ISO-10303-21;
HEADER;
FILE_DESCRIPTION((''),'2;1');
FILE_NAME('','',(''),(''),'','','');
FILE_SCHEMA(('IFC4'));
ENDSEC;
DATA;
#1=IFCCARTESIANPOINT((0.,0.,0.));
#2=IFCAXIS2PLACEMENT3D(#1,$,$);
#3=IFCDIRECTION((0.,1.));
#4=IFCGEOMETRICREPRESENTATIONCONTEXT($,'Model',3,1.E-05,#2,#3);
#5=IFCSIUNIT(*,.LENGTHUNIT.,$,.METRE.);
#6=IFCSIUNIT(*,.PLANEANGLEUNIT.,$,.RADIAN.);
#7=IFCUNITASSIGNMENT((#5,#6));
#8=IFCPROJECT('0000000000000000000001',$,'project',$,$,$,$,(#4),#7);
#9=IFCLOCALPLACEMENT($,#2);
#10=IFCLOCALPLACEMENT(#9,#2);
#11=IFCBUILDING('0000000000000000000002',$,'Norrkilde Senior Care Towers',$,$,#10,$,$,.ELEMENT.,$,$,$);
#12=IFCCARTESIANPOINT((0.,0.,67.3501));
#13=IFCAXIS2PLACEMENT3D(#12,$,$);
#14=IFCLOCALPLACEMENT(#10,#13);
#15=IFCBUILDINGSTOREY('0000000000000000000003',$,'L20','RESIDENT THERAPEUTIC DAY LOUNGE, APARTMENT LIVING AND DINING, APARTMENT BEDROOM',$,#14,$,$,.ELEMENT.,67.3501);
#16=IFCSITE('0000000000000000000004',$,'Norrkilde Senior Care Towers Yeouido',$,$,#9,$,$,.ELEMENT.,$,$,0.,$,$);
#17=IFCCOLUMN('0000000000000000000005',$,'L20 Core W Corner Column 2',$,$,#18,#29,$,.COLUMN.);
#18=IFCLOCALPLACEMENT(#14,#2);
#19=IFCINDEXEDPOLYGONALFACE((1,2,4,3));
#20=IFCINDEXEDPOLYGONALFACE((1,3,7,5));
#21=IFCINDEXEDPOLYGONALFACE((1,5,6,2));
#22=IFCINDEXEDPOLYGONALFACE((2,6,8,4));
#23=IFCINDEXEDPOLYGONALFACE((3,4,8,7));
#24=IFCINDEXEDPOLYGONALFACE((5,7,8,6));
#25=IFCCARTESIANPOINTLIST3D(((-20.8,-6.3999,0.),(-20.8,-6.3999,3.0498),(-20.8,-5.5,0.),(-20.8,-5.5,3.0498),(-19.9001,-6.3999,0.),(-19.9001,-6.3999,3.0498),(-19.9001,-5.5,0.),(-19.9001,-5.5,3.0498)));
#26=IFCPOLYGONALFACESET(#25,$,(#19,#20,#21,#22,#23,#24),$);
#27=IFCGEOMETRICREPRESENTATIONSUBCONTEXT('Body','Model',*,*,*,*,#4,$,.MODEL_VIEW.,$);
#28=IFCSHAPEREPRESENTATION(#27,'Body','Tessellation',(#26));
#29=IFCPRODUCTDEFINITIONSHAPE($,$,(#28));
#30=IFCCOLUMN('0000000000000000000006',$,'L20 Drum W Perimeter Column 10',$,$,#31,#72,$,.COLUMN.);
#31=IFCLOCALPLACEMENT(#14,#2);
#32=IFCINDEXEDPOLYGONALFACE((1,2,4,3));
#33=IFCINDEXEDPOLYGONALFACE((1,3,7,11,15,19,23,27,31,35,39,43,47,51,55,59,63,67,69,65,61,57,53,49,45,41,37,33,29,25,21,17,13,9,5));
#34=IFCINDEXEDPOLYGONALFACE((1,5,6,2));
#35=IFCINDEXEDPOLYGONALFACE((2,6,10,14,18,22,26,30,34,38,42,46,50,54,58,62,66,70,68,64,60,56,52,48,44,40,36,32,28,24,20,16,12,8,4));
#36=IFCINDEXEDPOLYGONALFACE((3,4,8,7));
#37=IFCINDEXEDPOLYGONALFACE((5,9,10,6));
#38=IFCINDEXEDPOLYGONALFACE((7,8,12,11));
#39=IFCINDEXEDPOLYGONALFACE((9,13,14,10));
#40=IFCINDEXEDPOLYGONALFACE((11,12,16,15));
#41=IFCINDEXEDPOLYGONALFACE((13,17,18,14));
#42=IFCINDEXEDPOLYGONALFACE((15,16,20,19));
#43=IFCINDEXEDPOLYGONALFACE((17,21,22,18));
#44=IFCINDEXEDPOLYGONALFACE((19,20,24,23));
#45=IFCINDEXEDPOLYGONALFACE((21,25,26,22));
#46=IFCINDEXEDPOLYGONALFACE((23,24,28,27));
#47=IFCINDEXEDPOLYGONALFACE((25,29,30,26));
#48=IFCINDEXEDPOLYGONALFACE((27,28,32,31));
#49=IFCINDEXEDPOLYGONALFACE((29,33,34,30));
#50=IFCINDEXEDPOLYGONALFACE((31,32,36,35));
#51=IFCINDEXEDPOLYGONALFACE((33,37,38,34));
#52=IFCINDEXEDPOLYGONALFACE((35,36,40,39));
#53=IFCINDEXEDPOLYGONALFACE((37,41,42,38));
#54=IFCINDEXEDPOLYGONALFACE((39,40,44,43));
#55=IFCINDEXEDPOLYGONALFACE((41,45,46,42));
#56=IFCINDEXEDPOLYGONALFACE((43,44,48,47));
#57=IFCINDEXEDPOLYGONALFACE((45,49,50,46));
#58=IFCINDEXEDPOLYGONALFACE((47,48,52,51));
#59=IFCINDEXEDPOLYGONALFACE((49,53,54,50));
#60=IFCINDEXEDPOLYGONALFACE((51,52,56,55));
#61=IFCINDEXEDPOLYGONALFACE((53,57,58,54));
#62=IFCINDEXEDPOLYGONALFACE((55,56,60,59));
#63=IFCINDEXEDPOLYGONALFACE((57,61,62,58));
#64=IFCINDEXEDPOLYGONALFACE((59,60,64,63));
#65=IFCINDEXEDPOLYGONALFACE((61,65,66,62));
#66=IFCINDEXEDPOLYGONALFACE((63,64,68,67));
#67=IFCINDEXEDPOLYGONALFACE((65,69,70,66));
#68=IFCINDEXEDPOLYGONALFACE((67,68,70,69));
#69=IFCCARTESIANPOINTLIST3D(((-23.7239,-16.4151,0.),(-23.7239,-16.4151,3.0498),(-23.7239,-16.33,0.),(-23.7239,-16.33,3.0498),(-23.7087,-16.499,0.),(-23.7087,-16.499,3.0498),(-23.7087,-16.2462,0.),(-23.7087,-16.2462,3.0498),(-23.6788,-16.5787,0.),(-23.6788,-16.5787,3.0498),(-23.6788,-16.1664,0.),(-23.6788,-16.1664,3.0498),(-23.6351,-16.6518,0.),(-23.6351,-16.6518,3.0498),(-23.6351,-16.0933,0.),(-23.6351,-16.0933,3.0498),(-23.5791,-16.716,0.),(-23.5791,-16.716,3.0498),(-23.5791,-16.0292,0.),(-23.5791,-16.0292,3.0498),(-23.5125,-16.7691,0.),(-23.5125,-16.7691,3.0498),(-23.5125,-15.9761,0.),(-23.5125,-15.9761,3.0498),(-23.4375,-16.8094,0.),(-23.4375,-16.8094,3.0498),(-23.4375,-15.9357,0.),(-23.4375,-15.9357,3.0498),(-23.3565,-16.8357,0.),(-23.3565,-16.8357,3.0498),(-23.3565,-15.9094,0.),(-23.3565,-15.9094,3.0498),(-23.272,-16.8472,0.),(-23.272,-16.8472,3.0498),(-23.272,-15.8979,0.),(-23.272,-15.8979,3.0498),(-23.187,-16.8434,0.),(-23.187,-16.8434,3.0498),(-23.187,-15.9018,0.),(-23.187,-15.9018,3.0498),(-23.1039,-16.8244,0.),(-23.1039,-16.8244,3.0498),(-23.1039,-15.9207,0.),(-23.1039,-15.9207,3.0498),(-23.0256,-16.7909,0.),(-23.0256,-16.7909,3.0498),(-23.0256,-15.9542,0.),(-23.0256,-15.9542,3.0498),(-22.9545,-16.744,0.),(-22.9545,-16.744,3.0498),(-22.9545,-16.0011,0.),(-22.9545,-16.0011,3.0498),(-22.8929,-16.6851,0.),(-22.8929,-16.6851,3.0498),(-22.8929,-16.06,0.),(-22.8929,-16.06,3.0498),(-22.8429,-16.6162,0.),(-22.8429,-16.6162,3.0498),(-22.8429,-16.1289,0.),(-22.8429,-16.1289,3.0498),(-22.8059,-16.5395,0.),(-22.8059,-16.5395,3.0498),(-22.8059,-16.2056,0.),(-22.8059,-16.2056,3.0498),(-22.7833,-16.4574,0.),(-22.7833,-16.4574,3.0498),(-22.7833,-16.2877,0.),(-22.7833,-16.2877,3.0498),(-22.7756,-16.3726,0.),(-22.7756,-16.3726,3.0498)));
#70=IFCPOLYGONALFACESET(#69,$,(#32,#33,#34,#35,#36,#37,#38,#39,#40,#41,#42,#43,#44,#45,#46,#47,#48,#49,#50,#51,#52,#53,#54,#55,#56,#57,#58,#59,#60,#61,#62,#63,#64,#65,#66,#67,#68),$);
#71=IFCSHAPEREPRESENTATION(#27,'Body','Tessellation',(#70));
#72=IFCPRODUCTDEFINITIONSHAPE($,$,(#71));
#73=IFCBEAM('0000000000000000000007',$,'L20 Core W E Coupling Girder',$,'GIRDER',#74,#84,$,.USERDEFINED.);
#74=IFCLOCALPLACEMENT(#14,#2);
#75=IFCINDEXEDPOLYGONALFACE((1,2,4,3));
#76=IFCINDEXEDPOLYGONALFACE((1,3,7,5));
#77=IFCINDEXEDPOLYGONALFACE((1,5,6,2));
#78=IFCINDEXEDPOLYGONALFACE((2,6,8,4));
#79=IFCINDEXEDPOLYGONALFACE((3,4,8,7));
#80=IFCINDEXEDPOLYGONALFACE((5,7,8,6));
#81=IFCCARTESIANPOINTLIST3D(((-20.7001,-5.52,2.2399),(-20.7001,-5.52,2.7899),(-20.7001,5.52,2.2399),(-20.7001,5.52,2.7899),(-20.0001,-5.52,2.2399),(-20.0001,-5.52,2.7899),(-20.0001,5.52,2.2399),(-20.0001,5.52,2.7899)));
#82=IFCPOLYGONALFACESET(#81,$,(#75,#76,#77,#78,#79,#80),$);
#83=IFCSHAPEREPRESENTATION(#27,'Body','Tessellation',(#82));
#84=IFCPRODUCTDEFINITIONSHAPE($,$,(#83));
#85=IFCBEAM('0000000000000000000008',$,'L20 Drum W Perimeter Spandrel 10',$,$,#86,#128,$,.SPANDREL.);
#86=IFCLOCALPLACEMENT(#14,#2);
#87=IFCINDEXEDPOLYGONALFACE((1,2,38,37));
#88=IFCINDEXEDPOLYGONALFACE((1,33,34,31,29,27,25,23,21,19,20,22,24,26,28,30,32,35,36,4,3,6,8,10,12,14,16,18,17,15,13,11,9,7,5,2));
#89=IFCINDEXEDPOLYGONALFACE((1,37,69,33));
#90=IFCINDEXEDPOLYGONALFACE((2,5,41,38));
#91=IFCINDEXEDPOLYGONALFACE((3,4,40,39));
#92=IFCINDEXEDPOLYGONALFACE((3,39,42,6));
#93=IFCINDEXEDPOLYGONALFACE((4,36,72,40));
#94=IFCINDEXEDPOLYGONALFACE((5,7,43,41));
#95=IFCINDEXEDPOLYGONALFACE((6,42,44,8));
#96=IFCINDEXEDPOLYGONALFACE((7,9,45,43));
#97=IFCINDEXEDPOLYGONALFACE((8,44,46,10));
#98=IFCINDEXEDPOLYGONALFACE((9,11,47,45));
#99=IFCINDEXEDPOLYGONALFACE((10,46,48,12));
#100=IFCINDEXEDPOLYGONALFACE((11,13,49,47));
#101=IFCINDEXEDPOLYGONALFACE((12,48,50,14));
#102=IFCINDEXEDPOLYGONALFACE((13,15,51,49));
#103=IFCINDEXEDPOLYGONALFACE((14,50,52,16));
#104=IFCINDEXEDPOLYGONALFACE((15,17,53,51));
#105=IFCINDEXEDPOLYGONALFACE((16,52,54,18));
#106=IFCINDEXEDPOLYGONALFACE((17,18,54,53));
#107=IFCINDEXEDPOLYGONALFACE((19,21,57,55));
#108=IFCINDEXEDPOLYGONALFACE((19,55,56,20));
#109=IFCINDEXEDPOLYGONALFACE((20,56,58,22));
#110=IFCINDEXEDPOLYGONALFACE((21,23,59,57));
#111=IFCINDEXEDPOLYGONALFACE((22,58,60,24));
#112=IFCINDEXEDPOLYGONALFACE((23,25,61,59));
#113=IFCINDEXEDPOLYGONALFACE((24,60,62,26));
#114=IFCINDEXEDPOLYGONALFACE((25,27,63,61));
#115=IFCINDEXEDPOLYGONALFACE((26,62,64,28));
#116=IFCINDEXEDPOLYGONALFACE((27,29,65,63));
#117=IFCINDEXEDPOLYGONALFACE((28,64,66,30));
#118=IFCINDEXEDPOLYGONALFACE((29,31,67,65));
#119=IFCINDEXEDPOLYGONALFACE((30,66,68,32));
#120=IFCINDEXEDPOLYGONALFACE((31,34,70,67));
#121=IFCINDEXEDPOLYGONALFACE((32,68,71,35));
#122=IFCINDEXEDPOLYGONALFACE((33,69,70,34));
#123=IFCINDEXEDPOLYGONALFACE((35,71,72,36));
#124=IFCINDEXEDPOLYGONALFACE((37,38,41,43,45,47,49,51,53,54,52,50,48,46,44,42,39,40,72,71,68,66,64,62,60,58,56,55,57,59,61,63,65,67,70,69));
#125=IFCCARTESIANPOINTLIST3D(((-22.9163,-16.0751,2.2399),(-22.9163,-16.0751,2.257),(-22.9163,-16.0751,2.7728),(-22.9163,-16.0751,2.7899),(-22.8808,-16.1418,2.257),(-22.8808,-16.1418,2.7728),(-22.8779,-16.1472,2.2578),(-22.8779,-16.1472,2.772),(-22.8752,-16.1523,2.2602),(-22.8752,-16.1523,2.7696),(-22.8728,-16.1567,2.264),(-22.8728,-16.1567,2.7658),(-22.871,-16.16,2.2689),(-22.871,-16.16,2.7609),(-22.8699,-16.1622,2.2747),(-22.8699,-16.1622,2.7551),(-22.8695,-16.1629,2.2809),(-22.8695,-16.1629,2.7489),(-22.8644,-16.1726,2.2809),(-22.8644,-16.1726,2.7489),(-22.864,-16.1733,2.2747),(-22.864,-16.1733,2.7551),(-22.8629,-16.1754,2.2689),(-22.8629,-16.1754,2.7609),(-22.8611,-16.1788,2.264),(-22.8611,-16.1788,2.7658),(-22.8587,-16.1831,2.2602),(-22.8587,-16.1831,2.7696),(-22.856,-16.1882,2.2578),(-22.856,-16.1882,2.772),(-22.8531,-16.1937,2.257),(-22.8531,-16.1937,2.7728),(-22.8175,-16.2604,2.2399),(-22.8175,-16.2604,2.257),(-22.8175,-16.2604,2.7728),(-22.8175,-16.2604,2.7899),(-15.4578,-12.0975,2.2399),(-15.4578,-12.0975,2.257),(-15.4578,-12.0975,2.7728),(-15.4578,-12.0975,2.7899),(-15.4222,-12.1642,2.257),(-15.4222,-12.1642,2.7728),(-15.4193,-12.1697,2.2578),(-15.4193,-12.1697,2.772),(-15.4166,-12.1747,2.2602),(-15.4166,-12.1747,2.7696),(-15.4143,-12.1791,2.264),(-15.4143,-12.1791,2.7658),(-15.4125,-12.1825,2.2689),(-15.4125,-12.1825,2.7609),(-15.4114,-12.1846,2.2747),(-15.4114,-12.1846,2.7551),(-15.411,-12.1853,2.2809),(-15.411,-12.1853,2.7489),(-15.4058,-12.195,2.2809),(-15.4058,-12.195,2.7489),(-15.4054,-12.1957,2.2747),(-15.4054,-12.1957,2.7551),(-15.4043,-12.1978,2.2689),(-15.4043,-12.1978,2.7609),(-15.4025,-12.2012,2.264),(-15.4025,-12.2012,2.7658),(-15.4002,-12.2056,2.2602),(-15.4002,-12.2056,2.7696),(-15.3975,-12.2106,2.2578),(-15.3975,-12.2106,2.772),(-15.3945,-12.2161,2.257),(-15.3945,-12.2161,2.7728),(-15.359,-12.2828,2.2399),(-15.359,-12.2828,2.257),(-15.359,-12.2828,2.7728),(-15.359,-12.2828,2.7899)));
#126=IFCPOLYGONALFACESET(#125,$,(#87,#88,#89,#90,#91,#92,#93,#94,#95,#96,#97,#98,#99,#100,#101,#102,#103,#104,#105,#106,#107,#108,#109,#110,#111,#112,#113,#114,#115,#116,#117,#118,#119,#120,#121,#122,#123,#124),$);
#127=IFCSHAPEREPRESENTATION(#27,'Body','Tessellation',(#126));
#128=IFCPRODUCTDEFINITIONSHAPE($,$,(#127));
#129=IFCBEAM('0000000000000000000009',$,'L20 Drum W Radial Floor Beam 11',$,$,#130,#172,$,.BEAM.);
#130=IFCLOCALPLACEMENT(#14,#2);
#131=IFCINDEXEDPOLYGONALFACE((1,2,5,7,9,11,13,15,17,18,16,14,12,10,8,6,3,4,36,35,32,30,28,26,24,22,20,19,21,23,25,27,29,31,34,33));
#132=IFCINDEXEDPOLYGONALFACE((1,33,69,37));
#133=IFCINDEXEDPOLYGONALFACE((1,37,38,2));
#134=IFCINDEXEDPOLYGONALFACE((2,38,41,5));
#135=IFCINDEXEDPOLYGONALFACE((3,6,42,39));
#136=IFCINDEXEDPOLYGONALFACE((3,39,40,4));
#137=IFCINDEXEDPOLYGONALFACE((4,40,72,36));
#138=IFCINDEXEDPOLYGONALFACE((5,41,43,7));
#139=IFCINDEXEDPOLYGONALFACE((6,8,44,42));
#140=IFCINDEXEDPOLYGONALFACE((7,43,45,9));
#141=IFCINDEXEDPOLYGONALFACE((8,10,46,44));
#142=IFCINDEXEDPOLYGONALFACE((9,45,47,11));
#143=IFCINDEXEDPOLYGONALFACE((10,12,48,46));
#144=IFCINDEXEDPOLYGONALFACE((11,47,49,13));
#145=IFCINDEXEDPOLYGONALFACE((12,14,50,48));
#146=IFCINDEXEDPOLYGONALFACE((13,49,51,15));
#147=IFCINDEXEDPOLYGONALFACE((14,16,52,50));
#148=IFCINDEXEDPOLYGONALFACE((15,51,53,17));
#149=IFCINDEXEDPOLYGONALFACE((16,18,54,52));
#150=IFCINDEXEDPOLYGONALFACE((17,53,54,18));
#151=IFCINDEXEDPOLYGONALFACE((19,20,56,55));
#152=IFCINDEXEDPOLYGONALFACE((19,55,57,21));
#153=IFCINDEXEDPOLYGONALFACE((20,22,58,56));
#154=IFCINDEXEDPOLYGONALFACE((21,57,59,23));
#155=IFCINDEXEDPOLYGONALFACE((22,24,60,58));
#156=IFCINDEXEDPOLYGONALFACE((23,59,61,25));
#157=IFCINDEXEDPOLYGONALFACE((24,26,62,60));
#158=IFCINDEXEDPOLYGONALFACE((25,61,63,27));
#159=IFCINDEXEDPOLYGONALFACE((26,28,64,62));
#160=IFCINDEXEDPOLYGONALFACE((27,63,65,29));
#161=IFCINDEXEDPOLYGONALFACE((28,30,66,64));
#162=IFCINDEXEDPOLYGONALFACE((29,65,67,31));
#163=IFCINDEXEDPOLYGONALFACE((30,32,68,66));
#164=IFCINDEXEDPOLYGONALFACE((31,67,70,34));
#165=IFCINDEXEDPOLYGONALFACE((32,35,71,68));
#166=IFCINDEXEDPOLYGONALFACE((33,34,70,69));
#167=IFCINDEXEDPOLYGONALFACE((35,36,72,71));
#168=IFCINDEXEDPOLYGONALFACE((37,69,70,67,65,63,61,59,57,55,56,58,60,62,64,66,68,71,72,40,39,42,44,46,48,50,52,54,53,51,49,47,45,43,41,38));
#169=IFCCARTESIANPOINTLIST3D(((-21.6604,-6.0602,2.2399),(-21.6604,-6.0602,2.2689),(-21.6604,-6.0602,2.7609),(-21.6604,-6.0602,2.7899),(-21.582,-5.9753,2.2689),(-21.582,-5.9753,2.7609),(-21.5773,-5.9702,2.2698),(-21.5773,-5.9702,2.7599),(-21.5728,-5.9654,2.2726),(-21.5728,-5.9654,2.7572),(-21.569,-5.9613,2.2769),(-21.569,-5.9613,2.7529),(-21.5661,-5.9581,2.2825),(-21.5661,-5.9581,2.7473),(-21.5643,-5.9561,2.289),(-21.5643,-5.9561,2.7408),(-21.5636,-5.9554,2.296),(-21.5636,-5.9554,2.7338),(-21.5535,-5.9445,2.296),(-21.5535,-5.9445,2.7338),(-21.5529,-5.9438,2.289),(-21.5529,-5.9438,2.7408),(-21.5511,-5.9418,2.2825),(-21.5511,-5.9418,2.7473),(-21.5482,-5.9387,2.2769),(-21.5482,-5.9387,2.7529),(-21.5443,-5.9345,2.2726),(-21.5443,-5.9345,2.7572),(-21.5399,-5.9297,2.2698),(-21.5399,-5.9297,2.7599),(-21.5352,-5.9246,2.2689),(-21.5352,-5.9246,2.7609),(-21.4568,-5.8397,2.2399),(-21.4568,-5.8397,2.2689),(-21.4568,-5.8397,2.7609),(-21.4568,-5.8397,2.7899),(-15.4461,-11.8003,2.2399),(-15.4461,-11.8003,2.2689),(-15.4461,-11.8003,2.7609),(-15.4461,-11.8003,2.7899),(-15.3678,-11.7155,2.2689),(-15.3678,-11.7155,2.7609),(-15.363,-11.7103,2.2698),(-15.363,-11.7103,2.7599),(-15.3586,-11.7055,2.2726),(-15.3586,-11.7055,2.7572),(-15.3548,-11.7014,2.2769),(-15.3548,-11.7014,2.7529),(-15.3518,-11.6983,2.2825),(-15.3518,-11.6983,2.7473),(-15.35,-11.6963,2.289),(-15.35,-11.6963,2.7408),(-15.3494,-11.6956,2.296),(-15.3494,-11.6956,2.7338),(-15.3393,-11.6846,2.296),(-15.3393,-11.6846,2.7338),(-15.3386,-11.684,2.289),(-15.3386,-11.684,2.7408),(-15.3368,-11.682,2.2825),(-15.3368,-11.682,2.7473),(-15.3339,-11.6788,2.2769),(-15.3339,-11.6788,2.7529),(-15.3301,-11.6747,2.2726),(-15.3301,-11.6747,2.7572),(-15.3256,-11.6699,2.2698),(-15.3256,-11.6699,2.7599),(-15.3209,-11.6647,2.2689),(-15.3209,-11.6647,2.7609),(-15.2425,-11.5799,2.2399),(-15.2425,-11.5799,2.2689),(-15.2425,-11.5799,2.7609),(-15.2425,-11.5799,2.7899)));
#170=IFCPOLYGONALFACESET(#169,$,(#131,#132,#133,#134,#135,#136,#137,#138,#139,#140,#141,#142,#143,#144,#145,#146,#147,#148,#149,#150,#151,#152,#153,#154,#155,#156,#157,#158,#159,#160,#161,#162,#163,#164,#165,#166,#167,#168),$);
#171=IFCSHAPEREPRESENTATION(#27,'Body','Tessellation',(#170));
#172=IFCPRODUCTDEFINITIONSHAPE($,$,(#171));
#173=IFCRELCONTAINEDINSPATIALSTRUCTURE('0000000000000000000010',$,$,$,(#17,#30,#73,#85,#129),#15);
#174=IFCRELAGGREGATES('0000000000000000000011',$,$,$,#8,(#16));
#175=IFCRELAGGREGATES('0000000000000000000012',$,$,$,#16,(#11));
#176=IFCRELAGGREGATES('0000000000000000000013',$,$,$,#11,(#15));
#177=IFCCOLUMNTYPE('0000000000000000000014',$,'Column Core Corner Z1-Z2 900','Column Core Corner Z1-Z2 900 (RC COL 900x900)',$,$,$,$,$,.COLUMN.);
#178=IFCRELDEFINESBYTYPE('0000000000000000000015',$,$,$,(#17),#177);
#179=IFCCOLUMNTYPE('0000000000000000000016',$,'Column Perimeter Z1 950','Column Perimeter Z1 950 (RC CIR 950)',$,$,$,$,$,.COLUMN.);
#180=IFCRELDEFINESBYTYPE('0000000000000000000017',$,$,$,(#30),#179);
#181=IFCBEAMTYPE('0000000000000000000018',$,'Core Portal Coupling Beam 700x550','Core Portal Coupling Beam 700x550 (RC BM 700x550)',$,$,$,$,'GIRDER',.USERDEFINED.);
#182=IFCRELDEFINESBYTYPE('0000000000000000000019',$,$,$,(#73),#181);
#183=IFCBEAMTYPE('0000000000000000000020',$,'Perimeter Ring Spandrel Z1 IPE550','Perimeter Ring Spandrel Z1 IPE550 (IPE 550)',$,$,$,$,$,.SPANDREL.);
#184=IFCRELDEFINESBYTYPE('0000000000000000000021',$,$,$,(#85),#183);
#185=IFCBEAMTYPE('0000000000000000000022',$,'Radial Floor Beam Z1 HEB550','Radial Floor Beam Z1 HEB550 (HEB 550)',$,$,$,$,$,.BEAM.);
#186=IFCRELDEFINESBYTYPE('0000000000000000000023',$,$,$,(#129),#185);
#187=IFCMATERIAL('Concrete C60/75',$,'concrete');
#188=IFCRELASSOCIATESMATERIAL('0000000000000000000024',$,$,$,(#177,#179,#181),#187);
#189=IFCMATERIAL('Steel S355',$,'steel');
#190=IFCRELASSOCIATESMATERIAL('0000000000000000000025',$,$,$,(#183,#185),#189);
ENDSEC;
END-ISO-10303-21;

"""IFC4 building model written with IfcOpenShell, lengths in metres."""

from ifc_helpers import new_model, si_unit, direction, frame, origin, origin_2d, place, context, subcontext, project, spatial, rectangle, circle, i_section, extrude, source, transform, mapped, material, material_profile, profile_set, type_object, type_shapes, element, save


model = new_model("IFC4")

# Units and contexts
model_context = context("Model", 3, precision=1e-05, world=origin(), true_north=direction((0.0, 1.0)))
body_context = subcontext(model_context, "Body", "Model", "MODEL_VIEW")
ifc_project = project(units=[si_unit("LENGTHUNIT", "METRE"), si_unit("PLANEANGLEUNIT", "RADIAN")], contexts=[model_context])

# Site, building, storey
site_placement = place(None, origin())
site = spatial("IfcSite", under=ifc_project, at=site_placement, Name="Norrkilde Senior Care Towers Yeouido", CompositionType="ELEMENT", RefElevation=0.0)
building_placement = place(site_placement, origin())
building = spatial("IfcBuilding", under=site, at=building_placement, Name="Norrkilde Senior Care Towers", CompositionType="ELEMENT")
storey_placement = place(building_placement, frame((0.0, 0.0, 67.3501)))
storey = spatial("IfcBuildingStorey", under=building, at=storey_placement, Name="L20", Description="RESIDENT THERAPEUTIC DAY LOUNGE, APARTMENT LIVING AND DINING, APARTMENT BEDROOM", CompositionType="ELEMENT", Elevation=67.3501)

# Columns
ifc_material_1 = material(Name="Concrete C60/75", Category="concrete")
ifc_material_profile_1 = material_profile(ifc_material_1, rectangle(XDim=0.8999, YDim=0.8999, at=origin_2d()), Name="RC COL 900x900")
ifc_profile_set_1 = profile_set([ifc_material_profile_1], Name="Concrete C60/75")
column_type_1 = type_object("IfcColumnType", Name="Column Core Corner Z1-Z2 900", Description="Column Core Corner Z1-Z2 900 (RC COL 900x900)", PredefinedType="COLUMN", material=ifc_profile_set_1)
shared_shape_1 = source(origin(), body_context, "Body", "SweptSolid", [
    extrude(rectangle(XDim=0.8999, YDim=0.8999, at=origin_2d()), origin(), (0.0, 0.0, 1.0), 3.0498),
])
type_shapes(column_type_1, [shared_shape_1])
column_1_placement = place(storey_placement, frame((-20.3501, -5.95, 0.0), z_axis=(0.0, 0.0, 1.0), x_axis=(1.0, 0.0, 0.0)))
element("IfcColumn", 1, at=column_1_placement, inside=storey, type_object=column_type_1, Name="L20 Core W Corner Column 2", PredefinedType="COLUMN", context=body_context, shape_type="MappedRepresentation", body=[
    mapped(shared_shape_1, transform((0.0, 0.0, 0.0), x_axis=(1.0, 0.0, 0.0), y_axis=(0.0, 1.0, 0.0), z_axis=(0.0, 0.0, 1.0), scale=1.0)),
])
ifc_material_profile_2 = material_profile(ifc_material_1, circle(Radius=0.4751, at=origin_2d()), Name="RC CIR 950")
ifc_profile_set_2 = profile_set([ifc_material_profile_2], Name="Concrete C60/75")
column_type_2 = type_object("IfcColumnType", Name="Column Perimeter Z1 950", Description="Column Perimeter Z1 950 (RC CIR 950)", PredefinedType="COLUMN", material=ifc_profile_set_2)
shared_shape_2 = source(origin(), body_context, "Body", "SweptSolid", [
    extrude(circle(Radius=0.4751, at=origin_2d()), origin(), (0.0, 0.0, 1.0), 3.0498),
])
type_shapes(column_type_2, [shared_shape_2])
column_2_placement = place(storey_placement, frame((-23.2507, -16.3726, 0.0), z_axis=(0.0, 0.0, 1.0), x_axis=(1.0, 0.0, 0.0)))
element("IfcColumn", 2, at=column_2_placement, inside=storey, type_object=column_type_2, Name="L20 Drum W Perimeter Column 10", PredefinedType="COLUMN", context=body_context, shape_type="MappedRepresentation", body=[
    mapped(shared_shape_2, transform((0.0, 0.0, 0.0), x_axis=(1.0, 0.0, 0.0), y_axis=(0.0, 1.0, 0.0), z_axis=(0.0, 0.0, 1.0), scale=1.0)),
])

# Beams
ifc_material_profile_3 = material_profile(ifc_material_1, rectangle(XDim=0.7, YDim=0.55, at=origin_2d()), Name="RC BM 700x550")
ifc_profile_set_3 = profile_set([ifc_material_profile_3], Name="Concrete C60/75")
beam_type_1 = type_object("IfcBeamType", Name="Core Portal Coupling Beam 700x550", Description="Core Portal Coupling Beam 700x550 (RC BM 700x550)", ElementType="GIRDER", PredefinedType="USERDEFINED", material=ifc_profile_set_3)
shared_shape_3 = source(origin(), body_context, "Body", "SweptSolid", [
    extrude(rectangle(XDim=0.7, YDim=0.55, at=origin_2d()), origin(), (0.0, 0.0, 1.0), 11.04),
])
type_shapes(beam_type_1, [shared_shape_3])
beam_1_placement = place(storey_placement, frame((-20.3501, -5.52, 2.5149), z_axis=(0.0, 1.0, 0.0), x_axis=(-1.0, 0.0, 0.0)))
element("IfcBeam", 3, at=beam_1_placement, inside=storey, type_object=beam_type_1, Name="L20 Core W E Coupling Girder", ObjectType="GIRDER", PredefinedType="USERDEFINED", context=body_context, shape_type="MappedRepresentation", body=[
    mapped(shared_shape_3, transform((0.0, 0.0, 0.0), x_axis=(1.0, 0.0, 0.0), y_axis=(0.0, 1.0, 0.0), z_axis=(0.0, 0.0, 1.0), scale=1.0)),
])
ifc_material_2 = material(Name="Steel S355", Category="steel")
ifc_material_profile_4 = material_profile(ifc_material_2, i_section(OverallWidth=0.21, OverallDepth=0.55, WebThickness=0.011, FlangeThickness=0.0171, FilletRadius=0.0239, at=origin_2d()), Name="IPE 550")
ifc_profile_set_4 = profile_set([ifc_material_profile_4], Name="Steel S355")
beam_type_2 = type_object("IfcBeamType", Name="Perimeter Ring Spandrel Z1 IPE550", Description="Perimeter Ring Spandrel Z1 IPE550 (IPE 550)", PredefinedType="SPANDREL", material=ifc_profile_set_4)
shared_shape_4 = source(origin(), body_context, "Body", "SweptSolid", [
    extrude(i_section(OverallWidth=0.21, OverallDepth=0.55, WebThickness=0.011, FlangeThickness=0.0171, FilletRadius=0.0239, at=origin_2d()), origin(), (0.0, 0.0, 1.0), 8.4529),
])
type_shapes(beam_type_2, [shared_shape_4])
beam_2_placement = place(storey_placement, frame((-22.8669, -16.1677, 2.5149), z_axis=(0.882369, 0.470558, 0.0), x_axis=(-0.470558, 0.882369, 0.0)))
element("IfcBeam", 4, at=beam_2_placement, inside=storey, type_object=beam_type_2, Name="L20 Drum W Perimeter Spandrel 10", PredefinedType="SPANDREL", context=body_context, shape_type="MappedRepresentation", body=[
    mapped(shared_shape_4, transform((0.0, 0.0, 0.0), x_axis=(1.0, 0.0, 0.0), y_axis=(0.0, 1.0, 0.0), z_axis=(0.0, 0.0, 1.0), scale=1.0)),
])
ifc_material_profile_5 = material_profile(ifc_material_2, i_section(OverallWidth=0.3, OverallDepth=0.55, WebThickness=0.0149, FlangeThickness=0.0291, FilletRadius=0.0271, at=origin_2d()), Name="HEB 550")
ifc_profile_set_5 = profile_set([ifc_material_profile_5], Name="Steel S355")
beam_type_3 = type_object("IfcBeamType", Name="Radial Floor Beam Z1 HEB550", Description="Radial Floor Beam Z1 HEB550 (HEB 550)", PredefinedType="BEAM", material=ifc_profile_set_5)
shared_shape_5 = source(origin(), body_context, "Body", "SweptSolid", [
    extrude(i_section(OverallWidth=0.3, OverallDepth=0.55, WebThickness=0.0149, FlangeThickness=0.0291, FilletRadius=0.0271, at=origin_2d()), origin(), (0.0, 0.0, 1.0), 8.4597),
])
beam_3_placement = place(storey_placement, frame((-21.5586, -5.95, 2.5149), z_axis=(0.734573, -0.678529, 0.0), x_axis=(0.678529, 0.734573, 0.0)))
element("IfcBeam", 5, at=beam_3_placement, inside=storey, type_object=beam_type_3, Name="L20 Drum W Radial Floor Beam 11", PredefinedType="BEAM", context=body_context, shape_type="MappedRepresentation", body=[
    mapped(shared_shape_5, transform((0.0, 0.0, 0.0), x_axis=(1.0, 0.0, 0.0), y_axis=(0.0, 1.0, 0.0), z_axis=(0.0, 0.0, 1.0), scale=1.0)),
])

save(model, "model.ifc")
